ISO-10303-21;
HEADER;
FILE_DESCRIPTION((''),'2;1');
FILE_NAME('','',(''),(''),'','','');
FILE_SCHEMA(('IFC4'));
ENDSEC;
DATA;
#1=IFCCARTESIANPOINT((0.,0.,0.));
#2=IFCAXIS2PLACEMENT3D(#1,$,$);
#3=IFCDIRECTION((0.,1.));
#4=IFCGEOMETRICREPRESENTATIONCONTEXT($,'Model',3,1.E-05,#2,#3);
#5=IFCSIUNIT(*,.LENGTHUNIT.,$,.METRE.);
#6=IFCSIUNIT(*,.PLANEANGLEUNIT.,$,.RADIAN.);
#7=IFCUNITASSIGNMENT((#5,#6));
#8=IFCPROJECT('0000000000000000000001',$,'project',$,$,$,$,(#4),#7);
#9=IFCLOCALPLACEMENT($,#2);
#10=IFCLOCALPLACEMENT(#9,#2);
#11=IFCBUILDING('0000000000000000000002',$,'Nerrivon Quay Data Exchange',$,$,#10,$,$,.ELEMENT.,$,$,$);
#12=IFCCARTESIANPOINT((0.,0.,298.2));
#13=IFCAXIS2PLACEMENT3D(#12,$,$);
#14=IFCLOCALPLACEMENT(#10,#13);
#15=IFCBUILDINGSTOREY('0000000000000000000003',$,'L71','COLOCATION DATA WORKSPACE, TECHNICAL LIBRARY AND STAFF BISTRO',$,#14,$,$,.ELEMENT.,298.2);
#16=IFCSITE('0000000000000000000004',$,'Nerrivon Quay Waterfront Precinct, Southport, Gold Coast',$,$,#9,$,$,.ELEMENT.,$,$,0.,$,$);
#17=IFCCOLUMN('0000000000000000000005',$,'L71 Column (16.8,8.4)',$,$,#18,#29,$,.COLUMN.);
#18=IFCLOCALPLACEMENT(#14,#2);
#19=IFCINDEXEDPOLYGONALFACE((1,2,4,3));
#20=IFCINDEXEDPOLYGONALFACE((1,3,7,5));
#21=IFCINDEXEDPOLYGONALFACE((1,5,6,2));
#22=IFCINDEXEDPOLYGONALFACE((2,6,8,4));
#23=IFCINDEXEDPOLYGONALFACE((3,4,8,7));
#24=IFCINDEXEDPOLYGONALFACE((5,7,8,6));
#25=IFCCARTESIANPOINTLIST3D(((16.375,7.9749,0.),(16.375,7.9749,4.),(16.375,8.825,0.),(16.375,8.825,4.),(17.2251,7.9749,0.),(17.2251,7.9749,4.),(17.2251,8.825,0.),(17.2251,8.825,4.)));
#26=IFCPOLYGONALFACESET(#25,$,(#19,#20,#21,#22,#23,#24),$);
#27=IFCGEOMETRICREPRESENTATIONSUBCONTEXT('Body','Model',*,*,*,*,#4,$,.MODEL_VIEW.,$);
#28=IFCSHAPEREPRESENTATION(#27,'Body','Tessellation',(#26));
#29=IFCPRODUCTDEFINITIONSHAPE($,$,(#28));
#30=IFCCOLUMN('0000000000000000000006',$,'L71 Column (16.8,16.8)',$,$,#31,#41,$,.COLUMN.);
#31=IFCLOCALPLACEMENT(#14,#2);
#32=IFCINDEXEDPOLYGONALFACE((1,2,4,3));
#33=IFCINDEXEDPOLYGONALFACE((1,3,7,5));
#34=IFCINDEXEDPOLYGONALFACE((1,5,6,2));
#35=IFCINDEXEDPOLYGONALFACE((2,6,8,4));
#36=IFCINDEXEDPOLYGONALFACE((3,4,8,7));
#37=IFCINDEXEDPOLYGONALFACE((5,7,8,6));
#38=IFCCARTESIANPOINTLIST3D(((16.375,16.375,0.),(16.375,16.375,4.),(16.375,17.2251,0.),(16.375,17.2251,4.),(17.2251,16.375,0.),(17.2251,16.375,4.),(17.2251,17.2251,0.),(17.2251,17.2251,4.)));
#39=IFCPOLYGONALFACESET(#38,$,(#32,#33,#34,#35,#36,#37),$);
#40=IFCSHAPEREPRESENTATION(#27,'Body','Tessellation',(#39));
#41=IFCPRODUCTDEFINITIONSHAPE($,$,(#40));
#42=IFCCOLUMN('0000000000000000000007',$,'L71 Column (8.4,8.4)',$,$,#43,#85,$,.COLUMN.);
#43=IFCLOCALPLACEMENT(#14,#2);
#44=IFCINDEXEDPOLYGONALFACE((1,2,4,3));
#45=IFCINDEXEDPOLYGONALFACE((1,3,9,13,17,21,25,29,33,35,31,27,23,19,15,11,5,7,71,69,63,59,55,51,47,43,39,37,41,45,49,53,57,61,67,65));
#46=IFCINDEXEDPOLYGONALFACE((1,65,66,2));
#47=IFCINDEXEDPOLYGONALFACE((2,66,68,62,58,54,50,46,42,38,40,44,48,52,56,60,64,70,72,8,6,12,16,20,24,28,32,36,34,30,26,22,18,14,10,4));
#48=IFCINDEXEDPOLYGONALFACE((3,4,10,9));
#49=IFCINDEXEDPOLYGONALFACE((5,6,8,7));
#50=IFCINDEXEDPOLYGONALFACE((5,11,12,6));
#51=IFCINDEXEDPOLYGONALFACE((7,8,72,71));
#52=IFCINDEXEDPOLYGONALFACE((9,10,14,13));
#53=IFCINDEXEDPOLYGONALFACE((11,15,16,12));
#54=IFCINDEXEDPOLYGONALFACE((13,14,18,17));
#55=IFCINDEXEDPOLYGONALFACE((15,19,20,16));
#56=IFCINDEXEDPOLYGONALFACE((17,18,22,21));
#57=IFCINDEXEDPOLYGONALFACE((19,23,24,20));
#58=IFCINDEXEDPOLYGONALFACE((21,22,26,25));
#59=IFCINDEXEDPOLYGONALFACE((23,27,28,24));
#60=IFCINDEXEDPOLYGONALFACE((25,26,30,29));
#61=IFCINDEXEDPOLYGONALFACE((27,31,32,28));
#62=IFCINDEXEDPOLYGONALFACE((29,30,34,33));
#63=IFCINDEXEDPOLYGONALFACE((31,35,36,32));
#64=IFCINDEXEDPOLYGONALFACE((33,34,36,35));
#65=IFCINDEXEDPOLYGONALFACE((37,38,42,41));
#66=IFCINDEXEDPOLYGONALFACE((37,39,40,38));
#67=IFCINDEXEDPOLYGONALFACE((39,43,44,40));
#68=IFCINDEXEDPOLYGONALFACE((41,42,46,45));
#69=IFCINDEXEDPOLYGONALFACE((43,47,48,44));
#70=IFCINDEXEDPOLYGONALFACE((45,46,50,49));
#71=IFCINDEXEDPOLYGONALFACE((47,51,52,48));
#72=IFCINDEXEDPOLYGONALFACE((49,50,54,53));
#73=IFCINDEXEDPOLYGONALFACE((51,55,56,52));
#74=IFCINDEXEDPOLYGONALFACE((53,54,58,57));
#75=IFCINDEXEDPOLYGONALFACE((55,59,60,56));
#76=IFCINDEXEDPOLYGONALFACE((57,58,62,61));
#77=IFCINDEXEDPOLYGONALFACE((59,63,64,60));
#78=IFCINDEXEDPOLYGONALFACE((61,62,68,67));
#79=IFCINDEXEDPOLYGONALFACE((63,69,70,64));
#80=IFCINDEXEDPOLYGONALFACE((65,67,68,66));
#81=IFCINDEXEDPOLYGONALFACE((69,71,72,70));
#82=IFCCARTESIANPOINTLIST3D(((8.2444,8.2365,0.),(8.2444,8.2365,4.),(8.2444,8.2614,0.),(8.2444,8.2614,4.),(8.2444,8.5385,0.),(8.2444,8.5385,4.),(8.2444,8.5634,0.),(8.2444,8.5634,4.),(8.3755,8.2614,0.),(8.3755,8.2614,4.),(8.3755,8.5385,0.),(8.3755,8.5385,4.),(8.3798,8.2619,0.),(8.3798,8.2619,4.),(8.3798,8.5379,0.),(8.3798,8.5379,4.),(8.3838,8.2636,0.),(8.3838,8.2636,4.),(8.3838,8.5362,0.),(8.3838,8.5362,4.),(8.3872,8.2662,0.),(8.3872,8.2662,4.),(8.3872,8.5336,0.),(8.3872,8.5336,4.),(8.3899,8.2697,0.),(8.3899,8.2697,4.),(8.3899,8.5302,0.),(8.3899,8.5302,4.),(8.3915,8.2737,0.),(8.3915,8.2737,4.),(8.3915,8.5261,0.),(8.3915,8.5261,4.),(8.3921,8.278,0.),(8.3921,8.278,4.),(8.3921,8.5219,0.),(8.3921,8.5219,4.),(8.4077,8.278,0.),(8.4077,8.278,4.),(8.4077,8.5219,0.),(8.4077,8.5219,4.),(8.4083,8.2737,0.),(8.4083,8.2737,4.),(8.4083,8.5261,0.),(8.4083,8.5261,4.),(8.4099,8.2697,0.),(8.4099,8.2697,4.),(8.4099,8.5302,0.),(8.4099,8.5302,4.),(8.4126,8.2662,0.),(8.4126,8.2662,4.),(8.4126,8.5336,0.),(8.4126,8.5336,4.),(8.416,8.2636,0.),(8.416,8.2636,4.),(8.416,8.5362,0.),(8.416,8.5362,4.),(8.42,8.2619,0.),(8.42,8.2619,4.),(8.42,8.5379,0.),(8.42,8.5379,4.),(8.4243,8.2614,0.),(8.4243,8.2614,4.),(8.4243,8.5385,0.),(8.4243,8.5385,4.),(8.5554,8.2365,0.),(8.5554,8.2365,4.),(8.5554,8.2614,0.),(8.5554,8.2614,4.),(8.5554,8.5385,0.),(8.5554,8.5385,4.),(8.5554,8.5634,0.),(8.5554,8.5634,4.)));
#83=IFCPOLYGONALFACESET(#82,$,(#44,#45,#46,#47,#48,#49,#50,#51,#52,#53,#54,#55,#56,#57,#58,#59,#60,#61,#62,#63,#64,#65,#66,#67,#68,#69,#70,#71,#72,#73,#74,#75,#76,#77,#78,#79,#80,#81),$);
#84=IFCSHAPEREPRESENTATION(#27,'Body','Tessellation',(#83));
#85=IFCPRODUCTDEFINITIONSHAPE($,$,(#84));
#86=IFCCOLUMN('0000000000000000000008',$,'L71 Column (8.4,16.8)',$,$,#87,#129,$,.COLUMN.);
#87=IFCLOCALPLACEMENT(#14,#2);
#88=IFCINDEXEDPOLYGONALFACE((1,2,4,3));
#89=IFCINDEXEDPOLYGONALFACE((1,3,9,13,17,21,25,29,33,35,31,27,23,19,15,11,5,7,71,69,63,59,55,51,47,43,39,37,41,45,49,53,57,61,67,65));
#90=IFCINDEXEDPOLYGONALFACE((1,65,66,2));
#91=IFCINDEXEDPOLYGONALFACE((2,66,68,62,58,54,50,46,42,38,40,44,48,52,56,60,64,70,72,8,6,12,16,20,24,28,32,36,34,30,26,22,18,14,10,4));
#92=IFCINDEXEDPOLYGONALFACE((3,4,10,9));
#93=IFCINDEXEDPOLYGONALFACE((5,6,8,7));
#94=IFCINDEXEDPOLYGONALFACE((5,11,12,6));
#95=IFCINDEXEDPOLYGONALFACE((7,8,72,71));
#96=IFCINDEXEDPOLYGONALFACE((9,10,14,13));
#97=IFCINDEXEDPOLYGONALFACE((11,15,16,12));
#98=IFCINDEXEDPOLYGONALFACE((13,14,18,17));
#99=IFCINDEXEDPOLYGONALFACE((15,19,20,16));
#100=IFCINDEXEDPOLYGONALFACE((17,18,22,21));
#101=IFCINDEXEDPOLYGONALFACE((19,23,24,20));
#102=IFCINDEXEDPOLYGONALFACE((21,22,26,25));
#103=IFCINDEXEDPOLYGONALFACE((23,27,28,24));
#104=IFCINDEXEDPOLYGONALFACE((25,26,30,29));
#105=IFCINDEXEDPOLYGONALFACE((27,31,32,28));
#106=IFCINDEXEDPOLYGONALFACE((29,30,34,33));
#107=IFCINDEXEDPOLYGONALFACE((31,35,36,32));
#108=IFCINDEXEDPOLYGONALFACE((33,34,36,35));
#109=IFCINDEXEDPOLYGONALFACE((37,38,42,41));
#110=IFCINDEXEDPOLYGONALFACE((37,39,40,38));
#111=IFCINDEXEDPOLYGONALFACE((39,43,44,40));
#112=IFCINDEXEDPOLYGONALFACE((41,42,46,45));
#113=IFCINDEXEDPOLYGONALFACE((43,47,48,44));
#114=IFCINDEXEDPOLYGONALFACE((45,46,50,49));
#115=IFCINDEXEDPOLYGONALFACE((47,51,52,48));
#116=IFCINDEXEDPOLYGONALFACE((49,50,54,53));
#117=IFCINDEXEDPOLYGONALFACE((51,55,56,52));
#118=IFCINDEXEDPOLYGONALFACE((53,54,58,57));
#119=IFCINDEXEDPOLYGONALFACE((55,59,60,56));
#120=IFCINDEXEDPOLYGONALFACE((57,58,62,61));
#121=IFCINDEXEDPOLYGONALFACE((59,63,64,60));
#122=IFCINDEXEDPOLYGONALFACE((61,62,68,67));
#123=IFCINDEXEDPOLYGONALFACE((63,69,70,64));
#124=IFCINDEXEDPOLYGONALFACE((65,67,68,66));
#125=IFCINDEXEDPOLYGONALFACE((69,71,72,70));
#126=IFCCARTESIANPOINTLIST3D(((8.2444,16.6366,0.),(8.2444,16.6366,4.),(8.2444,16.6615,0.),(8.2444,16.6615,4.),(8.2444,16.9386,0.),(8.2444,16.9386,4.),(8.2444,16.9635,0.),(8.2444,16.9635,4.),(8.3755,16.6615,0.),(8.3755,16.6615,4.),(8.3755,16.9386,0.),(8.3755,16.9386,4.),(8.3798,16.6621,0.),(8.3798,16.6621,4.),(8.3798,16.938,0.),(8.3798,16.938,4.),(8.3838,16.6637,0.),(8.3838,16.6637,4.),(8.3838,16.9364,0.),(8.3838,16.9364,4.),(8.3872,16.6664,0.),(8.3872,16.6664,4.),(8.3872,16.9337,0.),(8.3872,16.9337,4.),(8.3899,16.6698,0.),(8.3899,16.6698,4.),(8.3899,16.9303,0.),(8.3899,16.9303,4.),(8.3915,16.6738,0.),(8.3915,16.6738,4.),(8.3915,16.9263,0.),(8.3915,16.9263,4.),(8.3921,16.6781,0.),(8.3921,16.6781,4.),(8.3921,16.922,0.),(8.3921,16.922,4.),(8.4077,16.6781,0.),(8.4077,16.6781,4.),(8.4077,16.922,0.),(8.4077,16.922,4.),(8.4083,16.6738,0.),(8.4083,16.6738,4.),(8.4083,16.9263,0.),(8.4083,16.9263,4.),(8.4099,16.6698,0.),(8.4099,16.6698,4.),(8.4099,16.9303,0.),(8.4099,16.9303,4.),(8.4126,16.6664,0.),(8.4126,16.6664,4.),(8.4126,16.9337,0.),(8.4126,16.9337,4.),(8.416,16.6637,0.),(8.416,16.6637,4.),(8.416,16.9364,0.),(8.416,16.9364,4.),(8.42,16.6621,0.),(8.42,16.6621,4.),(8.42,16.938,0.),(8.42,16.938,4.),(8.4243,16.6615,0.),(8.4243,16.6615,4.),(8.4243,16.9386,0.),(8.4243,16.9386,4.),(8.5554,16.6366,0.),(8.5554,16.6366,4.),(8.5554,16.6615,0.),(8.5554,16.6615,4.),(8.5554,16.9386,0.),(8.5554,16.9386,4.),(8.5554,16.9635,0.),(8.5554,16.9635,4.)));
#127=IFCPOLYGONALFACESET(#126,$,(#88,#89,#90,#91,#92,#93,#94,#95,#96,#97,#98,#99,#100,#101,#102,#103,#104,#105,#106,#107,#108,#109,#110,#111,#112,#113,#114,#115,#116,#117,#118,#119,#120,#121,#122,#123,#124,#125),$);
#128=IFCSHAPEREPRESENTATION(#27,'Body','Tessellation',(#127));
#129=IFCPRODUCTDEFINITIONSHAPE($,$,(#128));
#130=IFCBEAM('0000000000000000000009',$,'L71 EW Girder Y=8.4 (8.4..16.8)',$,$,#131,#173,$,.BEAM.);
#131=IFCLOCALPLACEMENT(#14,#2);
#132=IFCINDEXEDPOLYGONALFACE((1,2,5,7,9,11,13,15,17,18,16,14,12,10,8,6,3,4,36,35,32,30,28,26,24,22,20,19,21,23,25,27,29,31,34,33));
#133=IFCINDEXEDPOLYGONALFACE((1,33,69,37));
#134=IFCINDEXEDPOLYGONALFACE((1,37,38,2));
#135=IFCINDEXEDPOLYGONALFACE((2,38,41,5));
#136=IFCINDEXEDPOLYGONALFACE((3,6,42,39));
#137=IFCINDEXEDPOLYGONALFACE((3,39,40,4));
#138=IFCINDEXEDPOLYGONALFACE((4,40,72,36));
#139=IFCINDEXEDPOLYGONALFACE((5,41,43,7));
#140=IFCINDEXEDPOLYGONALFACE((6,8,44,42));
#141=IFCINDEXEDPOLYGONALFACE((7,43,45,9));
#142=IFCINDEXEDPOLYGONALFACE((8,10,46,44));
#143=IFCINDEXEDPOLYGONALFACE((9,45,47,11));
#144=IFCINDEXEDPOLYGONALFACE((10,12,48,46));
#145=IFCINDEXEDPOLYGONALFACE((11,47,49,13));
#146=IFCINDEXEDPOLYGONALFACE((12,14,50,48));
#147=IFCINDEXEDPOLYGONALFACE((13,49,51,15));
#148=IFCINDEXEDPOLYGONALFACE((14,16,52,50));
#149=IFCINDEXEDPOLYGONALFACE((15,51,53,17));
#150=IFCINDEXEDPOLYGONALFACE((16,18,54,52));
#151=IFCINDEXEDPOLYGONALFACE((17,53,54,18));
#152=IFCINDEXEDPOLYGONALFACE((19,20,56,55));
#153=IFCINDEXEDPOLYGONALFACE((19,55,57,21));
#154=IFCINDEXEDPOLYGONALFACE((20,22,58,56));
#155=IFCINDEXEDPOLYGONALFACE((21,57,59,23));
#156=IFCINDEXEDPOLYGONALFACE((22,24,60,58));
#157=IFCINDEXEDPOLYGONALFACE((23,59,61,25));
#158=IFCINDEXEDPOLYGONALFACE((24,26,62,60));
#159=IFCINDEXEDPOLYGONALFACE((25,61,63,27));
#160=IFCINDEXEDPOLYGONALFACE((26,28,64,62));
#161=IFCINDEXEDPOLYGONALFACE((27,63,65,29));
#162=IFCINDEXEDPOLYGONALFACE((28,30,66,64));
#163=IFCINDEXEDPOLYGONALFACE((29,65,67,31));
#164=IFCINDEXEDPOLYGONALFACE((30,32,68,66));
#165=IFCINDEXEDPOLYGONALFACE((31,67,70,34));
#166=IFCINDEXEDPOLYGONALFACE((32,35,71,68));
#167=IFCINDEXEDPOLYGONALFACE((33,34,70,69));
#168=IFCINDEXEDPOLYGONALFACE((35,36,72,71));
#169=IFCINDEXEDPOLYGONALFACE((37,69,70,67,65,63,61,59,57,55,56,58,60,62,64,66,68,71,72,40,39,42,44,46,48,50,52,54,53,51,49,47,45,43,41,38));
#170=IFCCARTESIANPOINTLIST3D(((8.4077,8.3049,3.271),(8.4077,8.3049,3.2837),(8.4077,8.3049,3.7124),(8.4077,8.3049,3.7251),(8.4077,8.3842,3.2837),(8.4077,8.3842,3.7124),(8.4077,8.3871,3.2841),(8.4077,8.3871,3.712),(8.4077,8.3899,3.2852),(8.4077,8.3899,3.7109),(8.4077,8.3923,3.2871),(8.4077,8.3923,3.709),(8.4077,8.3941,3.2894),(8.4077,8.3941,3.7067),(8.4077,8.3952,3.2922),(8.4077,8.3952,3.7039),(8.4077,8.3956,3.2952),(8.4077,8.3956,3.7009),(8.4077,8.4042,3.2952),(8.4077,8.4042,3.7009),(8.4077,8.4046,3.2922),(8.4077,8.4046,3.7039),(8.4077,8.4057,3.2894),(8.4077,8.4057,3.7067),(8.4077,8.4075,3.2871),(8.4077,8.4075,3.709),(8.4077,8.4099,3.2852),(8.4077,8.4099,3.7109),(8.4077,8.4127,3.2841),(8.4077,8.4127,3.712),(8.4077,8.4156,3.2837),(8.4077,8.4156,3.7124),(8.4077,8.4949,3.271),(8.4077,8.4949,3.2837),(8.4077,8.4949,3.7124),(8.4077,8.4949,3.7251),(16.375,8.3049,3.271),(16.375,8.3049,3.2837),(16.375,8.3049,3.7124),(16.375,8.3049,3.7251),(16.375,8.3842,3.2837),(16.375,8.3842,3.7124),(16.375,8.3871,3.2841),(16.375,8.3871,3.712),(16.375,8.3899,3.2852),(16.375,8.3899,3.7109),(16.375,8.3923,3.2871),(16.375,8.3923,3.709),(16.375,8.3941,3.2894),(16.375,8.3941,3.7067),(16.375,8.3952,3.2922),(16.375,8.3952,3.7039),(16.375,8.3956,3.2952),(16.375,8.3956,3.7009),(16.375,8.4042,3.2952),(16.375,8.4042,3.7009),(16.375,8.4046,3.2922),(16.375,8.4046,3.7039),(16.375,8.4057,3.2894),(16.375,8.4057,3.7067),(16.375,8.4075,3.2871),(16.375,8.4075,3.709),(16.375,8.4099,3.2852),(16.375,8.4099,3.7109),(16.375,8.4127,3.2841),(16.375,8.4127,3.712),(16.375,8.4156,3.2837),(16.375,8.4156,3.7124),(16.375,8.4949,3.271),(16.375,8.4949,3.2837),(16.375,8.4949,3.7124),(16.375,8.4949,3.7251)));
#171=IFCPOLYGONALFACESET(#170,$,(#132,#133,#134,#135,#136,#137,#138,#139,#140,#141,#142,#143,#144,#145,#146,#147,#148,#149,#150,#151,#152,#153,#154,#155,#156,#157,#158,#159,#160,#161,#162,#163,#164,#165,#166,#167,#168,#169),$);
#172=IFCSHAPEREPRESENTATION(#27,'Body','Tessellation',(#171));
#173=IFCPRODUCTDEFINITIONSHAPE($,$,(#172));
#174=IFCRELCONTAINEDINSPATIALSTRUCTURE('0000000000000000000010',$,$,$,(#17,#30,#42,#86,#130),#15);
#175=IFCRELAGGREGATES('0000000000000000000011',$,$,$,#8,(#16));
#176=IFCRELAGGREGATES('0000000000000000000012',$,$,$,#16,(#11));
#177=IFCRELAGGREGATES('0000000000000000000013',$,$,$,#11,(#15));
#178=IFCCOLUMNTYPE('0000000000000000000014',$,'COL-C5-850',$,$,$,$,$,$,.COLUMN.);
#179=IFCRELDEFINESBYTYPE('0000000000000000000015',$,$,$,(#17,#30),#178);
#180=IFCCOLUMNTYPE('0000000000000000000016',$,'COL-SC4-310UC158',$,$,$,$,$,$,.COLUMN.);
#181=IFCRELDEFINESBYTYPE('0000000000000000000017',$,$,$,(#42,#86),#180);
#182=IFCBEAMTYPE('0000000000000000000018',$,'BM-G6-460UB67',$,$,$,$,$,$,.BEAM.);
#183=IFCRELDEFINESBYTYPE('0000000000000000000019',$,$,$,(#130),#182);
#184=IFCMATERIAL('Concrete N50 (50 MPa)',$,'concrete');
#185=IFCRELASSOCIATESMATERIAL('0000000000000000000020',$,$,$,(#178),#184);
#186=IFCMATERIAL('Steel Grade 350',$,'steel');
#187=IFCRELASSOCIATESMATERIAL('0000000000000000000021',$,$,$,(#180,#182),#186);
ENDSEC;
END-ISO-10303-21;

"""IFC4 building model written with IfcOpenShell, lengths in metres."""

from ifc_helpers import new_model, si_unit, direction, frame, origin, origin_2d, place, context, subcontext, project, spatial, rectangle, i_section, extrude, material, material_profile, profile_set, type_object, element, save


model = new_model("IFC4")

# Units and contexts
model_context = context("Model", 3, precision=1e-05, world=origin(), true_north=direction((0.0, 1.0)))
body_context = subcontext(model_context, "Body", "Model", "MODEL_VIEW")
ifc_project = project(units=[si_unit("LENGTHUNIT", "METRE"), si_unit("PLANEANGLEUNIT", "RADIAN")], contexts=[model_context])

# Site, building, storey
site_placement = place(None, origin())
site = spatial("IfcSite", under=ifc_project, at=site_placement, Name="Nerrivon Quay Waterfront Precinct, Southport, Gold Coast", CompositionType="ELEMENT", RefElevation=0.0)
building_placement = place(site_placement, origin())
building = spatial("IfcBuilding", under=site, at=building_placement, Name="Nerrivon Quay Data Exchange", CompositionType="ELEMENT")
storey_placement = place(building_placement, frame((0.0, 0.0, 298.2)))
storey = spatial("IfcBuildingStorey", under=building, at=storey_placement, Name="L71", Description="COLOCATION DATA WORKSPACE, TECHNICAL LIBRARY AND STAFF BISTRO", CompositionType="ELEMENT", Elevation=298.2)

# Columns
ifc_material_1 = material(Name="Concrete N50 (50 MPa)", Category="concrete")
ifc_material_profile_1 = material_profile(ifc_material_1, rectangle(XDim=0.8501, YDim=0.8501, at=origin_2d()), Name="RC-COL-850x850")
ifc_profile_set_1 = profile_set([ifc_material_profile_1], Name="Concrete N50 (50 MPa)")
column_type_1 = type_object("IfcColumnType", Name="COL-C5-850", PredefinedType="COLUMN", material=ifc_profile_set_1)
for number, where, z_axis, x_axis, name in (
    (1, (16.8, 8.3999, 0.0), (0.0, 0.0, 1.0), (1.0, 0.0, 0.0), "L71 Column (16.8,8.4)"),
    (2, (16.8, 16.8, 0.0), (0.0, 0.0, 1.0), (1.0, 0.0, 0.0), "L71 Column (16.8,16.8)"),
):
    element("IfcColumn", number, at=place(storey_placement, frame(where, z_axis=z_axis, x_axis=x_axis)), inside=storey, type_object=column_type_1, Name=name, PredefinedType="COLUMN", context=body_context, shape_type="SweptSolid", body=[
        extrude(rectangle(XDim=0.8501, YDim=0.8501, at=origin_2d()), origin(), (0.0, 0.0, 1.0), 4.0),
    ])
ifc_material_2 = material(Name="Steel Grade 350", Category="steel")
ifc_material_profile_2 = material_profile(ifc_material_2, i_section(OverallWidth=0.311, OverallDepth=0.3269, WebThickness=0.0156, FlangeThickness=0.0249, FilletRadius=0.0166, at=origin_2d()), Name="310UC158")
ifc_profile_set_2 = profile_set([ifc_material_profile_2], Name="Steel Grade 350")
column_type_2 = type_object("IfcColumnType", Name="COL-SC4-310UC158", PredefinedType="COLUMN", material=ifc_profile_set_2)
for number, where, z_axis, x_axis, name in (
    (3, (8.3999, 8.3999, 0.0), (0.0, 0.0, 1.0), (1.0, 0.0, 0.0), "L71 Column (8.4,8.4)"),
    (4, (8.3999, 16.8, 0.0), (0.0, 0.0, 1.0), (1.0, 0.0, 0.0), "L71 Column (8.4,16.8)"),
):
    element("IfcColumn", number, at=place(storey_placement, frame(where, z_axis=z_axis, x_axis=x_axis)), inside=storey, type_object=column_type_2, Name=name, PredefinedType="COLUMN", context=body_context, shape_type="SweptSolid", body=[
        extrude(i_section(OverallWidth=0.311, OverallDepth=0.3269, WebThickness=0.0156, FlangeThickness=0.0249, FilletRadius=0.0166, at=origin_2d()), origin(), (0.0, 0.0, 1.0), 4.0),
    ])

# Beam
ifc_material_profile_3 = material_profile(ifc_material_2, i_section(OverallWidth=0.1899, OverallDepth=0.4541, WebThickness=0.0085, FlangeThickness=0.0127, FilletRadius=0.0115, at=origin_2d()), Name="460UB67.1")
ifc_profile_set_3 = profile_set([ifc_material_profile_3], Name="Steel Grade 350")
beam_type_1 = type_object("IfcBeamType", Name="BM-G6-460UB67", PredefinedType="BEAM", material=ifc_profile_set_3)
for number, where, z_axis, x_axis, name in (
    (5, (8.4077, 8.3999, 3.498), (1.0, 0.0, 0.0), (0.0, 1.0, 0.0), "L71 EW Girder Y=8.4 (8.4..16.8)"),
):
    element("IfcBeam", number, at=place(storey_placement, frame(where, z_axis=z_axis, x_axis=x_axis)), inside=storey, type_object=beam_type_1, Name=name, PredefinedType="BEAM", context=body_context, shape_type="SweptSolid", body=[
        extrude(i_section(OverallWidth=0.1899, OverallDepth=0.4541, WebThickness=0.0085, FlangeThickness=0.0127, FilletRadius=0.0115, at=origin_2d()), origin(), (0.0, 0.0, 1.0), 7.9673),
    ])

save(model, "model.ifc")
